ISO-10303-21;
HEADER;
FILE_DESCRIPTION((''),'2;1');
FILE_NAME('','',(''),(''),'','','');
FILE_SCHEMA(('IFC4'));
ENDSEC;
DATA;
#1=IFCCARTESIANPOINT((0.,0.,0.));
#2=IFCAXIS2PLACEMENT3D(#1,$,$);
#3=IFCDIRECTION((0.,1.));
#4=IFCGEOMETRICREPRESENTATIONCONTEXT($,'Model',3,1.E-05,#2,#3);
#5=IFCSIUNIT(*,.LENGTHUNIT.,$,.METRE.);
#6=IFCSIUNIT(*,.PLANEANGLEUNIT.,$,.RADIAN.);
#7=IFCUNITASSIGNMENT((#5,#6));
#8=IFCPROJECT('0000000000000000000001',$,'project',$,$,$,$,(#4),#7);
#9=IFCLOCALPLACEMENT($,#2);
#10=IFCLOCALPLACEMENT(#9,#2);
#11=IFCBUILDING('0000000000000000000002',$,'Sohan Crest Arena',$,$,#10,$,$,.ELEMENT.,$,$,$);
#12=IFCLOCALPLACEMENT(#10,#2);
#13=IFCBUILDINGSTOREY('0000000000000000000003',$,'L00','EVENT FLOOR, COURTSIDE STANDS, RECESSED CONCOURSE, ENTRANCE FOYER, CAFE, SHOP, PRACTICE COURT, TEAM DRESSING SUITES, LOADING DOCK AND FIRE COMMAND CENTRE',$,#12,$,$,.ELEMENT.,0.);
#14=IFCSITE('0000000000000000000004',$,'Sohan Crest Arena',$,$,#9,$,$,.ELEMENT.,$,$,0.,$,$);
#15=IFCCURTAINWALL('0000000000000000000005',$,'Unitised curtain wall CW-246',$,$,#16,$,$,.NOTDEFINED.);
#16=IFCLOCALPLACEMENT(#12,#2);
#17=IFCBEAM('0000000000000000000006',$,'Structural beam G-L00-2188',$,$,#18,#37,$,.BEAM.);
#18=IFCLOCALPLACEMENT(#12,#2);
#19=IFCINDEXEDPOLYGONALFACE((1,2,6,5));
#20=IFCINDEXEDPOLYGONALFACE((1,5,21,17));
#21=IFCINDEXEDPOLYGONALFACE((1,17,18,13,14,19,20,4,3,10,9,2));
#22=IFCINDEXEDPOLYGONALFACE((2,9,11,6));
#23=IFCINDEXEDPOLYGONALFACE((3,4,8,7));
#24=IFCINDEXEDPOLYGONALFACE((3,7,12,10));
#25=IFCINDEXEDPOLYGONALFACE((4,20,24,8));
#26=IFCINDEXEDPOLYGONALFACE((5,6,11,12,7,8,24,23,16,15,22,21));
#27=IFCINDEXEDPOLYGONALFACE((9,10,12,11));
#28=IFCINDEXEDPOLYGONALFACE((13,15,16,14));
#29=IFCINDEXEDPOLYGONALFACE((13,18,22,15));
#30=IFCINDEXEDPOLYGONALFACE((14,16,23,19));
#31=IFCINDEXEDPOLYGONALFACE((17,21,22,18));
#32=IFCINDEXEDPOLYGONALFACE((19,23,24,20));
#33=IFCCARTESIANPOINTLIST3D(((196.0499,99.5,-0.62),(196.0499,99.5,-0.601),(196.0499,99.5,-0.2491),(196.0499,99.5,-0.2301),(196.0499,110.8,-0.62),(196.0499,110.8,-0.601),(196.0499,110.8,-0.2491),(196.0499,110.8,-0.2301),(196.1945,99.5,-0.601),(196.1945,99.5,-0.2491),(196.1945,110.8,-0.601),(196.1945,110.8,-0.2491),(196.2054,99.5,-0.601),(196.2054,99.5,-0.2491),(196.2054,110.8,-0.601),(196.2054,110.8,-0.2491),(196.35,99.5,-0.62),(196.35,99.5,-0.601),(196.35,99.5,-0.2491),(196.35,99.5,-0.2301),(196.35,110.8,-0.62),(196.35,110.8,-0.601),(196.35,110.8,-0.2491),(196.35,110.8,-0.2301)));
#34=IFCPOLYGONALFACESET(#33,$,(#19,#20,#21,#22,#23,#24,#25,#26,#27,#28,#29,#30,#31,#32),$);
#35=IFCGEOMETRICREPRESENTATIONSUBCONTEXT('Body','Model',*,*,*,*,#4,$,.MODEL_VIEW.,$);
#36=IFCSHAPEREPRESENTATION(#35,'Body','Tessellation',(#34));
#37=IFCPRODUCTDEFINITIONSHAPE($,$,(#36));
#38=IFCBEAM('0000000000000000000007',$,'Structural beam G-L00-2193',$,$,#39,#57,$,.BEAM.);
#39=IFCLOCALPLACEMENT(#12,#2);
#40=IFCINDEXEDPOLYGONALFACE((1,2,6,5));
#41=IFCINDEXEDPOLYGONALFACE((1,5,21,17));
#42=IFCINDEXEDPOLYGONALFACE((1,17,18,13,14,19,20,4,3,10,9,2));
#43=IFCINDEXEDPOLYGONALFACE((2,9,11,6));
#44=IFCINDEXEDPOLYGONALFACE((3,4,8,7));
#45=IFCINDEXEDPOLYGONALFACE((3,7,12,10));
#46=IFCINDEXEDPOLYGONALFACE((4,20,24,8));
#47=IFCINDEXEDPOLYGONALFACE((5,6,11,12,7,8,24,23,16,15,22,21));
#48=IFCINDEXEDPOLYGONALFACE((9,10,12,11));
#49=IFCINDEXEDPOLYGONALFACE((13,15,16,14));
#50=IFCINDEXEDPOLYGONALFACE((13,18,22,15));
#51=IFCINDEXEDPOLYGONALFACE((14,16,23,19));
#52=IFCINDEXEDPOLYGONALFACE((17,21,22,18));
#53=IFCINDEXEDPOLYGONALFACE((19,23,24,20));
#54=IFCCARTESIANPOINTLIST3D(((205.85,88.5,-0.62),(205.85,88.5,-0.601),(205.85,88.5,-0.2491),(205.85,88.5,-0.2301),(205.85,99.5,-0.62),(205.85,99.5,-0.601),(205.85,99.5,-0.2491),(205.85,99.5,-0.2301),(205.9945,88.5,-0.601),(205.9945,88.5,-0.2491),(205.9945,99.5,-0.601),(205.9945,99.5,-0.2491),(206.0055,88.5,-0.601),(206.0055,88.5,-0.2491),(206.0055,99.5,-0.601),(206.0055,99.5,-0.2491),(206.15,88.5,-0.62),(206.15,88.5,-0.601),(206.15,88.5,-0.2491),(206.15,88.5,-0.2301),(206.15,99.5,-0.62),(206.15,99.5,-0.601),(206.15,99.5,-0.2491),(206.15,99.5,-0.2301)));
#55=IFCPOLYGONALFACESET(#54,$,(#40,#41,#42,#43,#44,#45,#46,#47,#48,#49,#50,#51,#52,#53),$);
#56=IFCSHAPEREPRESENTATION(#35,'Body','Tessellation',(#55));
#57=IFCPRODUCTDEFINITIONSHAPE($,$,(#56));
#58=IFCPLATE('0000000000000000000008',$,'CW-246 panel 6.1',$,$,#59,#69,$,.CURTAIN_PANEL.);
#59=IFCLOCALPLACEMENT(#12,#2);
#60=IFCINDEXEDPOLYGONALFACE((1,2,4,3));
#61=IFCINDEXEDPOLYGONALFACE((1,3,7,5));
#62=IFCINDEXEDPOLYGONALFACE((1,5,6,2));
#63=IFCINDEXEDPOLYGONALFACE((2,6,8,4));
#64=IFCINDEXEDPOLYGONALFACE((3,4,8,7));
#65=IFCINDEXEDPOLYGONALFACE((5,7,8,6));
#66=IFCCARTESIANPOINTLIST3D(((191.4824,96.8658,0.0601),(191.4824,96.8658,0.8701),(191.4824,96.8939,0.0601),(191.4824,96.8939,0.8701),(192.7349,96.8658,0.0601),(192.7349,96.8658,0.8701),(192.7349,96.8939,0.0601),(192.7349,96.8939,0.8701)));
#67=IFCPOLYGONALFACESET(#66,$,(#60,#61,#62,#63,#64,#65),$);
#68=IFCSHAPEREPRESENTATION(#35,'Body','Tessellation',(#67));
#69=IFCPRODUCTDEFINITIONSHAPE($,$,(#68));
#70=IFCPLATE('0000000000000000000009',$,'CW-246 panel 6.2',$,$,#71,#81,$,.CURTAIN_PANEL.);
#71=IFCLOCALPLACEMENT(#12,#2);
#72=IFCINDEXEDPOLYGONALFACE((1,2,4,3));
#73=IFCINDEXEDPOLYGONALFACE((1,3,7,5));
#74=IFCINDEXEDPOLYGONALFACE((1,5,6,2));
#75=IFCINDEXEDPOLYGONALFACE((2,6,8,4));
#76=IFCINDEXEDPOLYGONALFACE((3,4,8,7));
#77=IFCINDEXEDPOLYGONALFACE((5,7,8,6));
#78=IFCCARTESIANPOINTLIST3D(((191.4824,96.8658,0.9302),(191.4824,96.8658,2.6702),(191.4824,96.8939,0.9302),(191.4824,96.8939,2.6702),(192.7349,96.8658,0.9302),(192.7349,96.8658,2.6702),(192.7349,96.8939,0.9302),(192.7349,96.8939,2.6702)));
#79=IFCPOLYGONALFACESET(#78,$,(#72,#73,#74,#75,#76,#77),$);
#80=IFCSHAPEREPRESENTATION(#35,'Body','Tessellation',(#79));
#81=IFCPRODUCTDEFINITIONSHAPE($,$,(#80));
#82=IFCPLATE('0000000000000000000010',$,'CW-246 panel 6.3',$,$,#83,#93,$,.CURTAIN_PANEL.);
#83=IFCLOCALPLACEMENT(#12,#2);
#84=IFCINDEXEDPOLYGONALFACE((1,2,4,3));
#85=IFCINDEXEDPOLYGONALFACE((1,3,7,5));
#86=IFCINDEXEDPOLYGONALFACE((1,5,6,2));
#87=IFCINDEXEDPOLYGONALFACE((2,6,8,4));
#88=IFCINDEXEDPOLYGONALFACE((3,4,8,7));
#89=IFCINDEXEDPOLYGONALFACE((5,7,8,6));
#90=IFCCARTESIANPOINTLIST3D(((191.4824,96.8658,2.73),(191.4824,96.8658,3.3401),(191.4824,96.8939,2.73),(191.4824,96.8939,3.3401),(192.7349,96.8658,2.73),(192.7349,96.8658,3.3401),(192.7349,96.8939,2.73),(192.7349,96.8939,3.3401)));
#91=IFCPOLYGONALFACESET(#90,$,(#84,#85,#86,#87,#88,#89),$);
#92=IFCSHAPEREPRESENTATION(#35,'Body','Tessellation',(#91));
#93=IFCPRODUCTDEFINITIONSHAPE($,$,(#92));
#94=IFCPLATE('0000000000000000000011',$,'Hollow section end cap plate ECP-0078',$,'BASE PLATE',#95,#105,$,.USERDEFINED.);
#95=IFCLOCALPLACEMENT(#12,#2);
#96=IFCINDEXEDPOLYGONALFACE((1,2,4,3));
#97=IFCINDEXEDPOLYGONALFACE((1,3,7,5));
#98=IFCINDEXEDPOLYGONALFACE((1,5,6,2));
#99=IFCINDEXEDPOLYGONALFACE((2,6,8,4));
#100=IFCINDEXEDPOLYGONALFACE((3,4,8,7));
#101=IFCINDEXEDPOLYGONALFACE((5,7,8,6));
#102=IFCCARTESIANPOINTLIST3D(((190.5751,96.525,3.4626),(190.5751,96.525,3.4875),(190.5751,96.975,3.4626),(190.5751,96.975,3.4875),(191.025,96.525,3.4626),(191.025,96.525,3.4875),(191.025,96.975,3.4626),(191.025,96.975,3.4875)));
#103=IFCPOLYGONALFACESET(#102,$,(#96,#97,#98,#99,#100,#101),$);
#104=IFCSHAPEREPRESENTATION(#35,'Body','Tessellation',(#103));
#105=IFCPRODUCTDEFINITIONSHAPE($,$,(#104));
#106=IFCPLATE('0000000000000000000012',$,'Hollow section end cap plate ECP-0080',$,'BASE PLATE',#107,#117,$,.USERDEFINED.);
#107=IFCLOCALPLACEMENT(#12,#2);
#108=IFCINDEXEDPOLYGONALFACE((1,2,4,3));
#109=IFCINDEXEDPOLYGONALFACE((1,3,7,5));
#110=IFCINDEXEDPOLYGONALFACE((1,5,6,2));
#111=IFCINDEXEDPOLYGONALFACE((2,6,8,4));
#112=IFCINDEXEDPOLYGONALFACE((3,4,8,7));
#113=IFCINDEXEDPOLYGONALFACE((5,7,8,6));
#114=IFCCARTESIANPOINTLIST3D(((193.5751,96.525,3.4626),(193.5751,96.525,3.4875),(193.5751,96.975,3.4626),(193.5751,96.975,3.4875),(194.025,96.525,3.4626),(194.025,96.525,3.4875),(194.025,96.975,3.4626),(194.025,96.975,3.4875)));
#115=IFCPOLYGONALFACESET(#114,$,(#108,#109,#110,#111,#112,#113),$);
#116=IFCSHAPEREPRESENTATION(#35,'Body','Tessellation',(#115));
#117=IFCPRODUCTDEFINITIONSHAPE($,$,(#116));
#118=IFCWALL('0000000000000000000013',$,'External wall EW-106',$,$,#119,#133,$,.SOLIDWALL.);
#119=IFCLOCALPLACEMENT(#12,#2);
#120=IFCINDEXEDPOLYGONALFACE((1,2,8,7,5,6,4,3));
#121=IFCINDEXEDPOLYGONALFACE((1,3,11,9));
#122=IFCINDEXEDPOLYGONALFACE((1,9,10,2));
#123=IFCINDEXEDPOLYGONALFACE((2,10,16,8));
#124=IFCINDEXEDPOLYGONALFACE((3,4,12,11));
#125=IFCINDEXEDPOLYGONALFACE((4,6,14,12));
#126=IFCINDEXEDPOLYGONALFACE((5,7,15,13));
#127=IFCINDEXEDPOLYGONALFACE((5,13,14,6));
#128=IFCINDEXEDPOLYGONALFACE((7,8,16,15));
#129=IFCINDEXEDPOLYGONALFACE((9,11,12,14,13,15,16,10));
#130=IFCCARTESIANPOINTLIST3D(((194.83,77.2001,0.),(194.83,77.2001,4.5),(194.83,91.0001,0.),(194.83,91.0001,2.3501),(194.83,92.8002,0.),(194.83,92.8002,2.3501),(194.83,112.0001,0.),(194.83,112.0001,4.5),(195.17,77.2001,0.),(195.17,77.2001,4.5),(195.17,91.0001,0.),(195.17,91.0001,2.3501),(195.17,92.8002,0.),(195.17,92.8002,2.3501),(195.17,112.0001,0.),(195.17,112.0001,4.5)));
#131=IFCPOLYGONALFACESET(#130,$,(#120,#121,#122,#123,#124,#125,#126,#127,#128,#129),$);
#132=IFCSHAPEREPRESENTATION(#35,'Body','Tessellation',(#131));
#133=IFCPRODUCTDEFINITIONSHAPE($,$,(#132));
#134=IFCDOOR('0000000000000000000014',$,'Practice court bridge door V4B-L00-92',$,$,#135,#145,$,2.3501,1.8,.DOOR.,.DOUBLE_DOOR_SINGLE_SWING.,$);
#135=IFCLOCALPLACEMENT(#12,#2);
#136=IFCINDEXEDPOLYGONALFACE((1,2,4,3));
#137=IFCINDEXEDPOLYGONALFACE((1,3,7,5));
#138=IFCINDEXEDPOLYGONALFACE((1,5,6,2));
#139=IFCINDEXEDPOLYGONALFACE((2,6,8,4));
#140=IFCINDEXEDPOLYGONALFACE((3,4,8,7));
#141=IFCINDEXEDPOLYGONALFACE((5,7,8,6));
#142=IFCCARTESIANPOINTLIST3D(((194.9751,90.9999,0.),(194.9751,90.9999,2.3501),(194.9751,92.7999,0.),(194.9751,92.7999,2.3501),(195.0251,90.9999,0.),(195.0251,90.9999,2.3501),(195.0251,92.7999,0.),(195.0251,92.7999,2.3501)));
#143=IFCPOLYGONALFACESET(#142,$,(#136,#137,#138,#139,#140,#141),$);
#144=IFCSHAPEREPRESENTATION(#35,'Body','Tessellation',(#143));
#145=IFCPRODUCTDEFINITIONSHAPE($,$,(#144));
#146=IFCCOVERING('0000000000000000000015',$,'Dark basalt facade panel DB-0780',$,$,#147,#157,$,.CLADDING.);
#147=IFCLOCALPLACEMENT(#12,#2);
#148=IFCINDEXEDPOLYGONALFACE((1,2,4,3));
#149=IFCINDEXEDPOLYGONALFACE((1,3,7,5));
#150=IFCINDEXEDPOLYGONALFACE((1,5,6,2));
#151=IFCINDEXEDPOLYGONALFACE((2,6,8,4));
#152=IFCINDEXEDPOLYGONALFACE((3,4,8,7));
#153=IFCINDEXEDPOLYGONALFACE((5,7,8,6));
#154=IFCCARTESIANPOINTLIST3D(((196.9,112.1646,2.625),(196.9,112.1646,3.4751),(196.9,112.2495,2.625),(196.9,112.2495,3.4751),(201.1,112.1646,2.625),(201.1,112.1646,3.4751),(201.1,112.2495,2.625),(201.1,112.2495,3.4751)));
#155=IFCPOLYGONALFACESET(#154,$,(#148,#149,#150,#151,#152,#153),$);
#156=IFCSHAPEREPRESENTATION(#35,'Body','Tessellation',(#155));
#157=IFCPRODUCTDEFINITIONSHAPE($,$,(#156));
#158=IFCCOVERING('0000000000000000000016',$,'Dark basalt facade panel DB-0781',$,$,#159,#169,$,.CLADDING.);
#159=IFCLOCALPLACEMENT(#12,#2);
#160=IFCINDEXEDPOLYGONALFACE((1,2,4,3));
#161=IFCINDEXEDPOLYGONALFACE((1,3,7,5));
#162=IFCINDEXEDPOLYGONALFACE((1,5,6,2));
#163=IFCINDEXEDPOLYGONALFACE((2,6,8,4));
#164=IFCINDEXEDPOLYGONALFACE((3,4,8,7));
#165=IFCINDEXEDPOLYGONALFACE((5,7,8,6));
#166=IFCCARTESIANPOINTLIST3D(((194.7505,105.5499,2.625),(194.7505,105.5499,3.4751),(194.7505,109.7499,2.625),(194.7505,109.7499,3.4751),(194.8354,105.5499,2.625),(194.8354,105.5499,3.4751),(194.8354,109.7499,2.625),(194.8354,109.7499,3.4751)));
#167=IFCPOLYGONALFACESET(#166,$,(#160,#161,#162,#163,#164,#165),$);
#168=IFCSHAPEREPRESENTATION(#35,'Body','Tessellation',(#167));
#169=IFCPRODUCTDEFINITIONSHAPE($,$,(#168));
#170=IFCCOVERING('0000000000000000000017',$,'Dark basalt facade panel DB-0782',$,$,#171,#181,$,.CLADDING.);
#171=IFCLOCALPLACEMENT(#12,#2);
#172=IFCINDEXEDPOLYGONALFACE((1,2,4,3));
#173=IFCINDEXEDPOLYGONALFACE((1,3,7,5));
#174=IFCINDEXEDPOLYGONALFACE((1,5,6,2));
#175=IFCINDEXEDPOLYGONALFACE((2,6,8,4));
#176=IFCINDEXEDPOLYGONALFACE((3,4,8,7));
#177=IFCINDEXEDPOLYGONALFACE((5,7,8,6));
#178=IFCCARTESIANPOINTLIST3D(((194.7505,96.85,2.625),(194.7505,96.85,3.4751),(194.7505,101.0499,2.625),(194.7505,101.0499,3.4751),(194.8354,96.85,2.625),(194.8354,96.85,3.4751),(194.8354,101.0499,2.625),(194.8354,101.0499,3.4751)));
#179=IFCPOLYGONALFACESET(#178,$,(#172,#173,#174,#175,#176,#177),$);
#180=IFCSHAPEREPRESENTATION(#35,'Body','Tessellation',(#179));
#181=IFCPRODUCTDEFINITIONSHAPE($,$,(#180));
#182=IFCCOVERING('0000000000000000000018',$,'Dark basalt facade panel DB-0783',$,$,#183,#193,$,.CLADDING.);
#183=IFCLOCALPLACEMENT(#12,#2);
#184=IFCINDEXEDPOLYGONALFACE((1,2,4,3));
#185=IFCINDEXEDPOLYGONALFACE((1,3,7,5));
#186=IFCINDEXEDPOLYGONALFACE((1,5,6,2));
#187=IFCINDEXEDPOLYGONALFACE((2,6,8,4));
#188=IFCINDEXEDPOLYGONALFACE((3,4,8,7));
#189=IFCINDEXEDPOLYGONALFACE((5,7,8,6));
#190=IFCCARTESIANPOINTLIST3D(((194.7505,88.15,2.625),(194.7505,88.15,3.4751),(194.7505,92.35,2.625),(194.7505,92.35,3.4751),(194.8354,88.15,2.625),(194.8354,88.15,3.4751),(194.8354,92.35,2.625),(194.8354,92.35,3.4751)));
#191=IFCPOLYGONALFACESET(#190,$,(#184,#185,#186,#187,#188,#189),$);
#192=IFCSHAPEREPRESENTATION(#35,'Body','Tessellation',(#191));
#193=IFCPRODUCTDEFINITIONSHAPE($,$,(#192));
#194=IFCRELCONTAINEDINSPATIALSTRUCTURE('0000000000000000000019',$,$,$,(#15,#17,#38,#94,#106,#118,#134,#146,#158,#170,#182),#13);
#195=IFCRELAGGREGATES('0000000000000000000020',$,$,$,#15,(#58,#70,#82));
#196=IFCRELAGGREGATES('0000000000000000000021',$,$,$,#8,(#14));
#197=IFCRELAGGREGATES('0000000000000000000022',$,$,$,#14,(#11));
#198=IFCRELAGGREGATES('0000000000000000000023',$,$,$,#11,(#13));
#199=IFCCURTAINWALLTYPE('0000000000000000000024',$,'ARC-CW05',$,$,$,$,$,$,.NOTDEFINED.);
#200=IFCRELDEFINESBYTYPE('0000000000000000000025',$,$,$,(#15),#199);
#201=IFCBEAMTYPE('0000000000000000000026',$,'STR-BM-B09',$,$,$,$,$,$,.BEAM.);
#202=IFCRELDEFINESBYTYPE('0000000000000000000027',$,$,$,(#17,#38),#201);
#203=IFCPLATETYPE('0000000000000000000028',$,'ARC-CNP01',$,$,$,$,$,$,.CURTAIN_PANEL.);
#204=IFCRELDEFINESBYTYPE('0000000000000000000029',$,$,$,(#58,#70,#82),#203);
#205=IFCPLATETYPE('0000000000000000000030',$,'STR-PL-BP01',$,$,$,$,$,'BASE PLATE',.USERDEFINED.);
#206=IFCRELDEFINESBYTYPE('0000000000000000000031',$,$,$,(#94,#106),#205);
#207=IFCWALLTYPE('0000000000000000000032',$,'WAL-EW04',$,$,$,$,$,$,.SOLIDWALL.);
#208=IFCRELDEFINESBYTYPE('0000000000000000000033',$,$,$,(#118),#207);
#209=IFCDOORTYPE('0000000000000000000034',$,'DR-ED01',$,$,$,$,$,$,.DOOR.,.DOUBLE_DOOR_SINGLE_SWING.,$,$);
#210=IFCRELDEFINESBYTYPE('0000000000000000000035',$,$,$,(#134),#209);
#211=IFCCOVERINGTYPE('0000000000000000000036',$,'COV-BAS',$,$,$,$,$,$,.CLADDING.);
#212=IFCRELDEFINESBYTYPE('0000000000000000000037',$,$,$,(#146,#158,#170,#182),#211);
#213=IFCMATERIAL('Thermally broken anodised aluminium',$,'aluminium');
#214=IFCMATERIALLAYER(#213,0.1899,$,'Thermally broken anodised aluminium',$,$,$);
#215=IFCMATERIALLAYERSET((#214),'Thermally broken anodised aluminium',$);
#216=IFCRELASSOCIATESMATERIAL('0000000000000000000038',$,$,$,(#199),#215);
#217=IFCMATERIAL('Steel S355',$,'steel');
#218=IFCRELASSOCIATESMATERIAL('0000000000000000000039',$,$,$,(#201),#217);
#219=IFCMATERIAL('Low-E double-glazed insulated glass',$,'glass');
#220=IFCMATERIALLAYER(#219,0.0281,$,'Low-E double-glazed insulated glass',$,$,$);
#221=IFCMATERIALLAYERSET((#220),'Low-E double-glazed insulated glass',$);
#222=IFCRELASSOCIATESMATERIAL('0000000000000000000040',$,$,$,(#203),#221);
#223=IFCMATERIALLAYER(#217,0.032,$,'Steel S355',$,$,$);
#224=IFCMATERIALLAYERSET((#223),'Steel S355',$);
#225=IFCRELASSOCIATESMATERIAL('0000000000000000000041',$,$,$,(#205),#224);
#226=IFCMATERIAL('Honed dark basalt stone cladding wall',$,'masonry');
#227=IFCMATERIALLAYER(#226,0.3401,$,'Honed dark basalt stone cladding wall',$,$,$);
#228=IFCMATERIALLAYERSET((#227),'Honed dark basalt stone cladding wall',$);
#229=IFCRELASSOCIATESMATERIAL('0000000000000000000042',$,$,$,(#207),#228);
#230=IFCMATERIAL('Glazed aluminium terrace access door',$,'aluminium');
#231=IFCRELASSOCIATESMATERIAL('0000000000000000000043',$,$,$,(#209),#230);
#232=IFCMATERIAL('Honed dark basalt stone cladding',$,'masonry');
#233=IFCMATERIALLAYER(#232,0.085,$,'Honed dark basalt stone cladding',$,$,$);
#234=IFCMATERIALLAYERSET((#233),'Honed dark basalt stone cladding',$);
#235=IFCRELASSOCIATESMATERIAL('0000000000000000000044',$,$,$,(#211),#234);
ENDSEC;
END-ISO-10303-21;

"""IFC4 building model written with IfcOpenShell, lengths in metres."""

from ifc_helpers import new_model, si_unit, direction, frame, frame_2d, origin, origin_2d, place, context, subcontext, project, spatial, rectangle, i_section, extrude, material, layer, layer_set, material_profile, profile_set, type_object, element, fill, aggregate, save


model = new_model("IFC4")

# Units and contexts
model_context = context("Model", 3, precision=1e-05, world=origin(), true_north=direction((0.0, 1.0)))
body_context = subcontext(model_context, "Body", "Model", "MODEL_VIEW")
ifc_project = project(units=[si_unit("LENGTHUNIT", "METRE"), si_unit("PLANEANGLEUNIT", "RADIAN")], contexts=[model_context])

# Site, building, storey
site_placement = place(None, origin())
site = spatial("IfcSite", under=ifc_project, at=site_placement, Name="Sohan Crest Arena", CompositionType="ELEMENT", RefElevation=0.0)
building_placement = place(site_placement, origin())
building = spatial("IfcBuilding", under=site, at=building_placement, Name="Sohan Crest Arena", CompositionType="ELEMENT")
storey_placement = place(building_placement, origin())
storey = spatial("IfcBuildingStorey", under=building, at=storey_placement, Name="L00", Description="EVENT FLOOR, COURTSIDE STANDS, RECESSED CONCOURSE, ENTRANCE FOYER, CAFE, SHOP, PRACTICE COURT, TEAM DRESSING SUITES, LOADING DOCK AND FIRE COMMAND CENTRE", CompositionType="ELEMENT", Elevation=0.0)

# Shared definitions
ifc_material_1 = material(Name="Steel S355", Category="steel")

# Curtain wall
ifc_material_2 = material(Name="Thermally broken anodised aluminium", Category="aluminium")
ifc_layer_1 = layer(ifc_material_2, 0.1899, Name="Thermally broken anodised aluminium")
ifc_layer_set_1 = layer_set([ifc_layer_1], Name="Thermally broken anodised aluminium")
curtain_wall_type = type_object("IfcCurtainWallType", Name="ARC-CW05", PredefinedType="NOTDEFINED", material=ifc_layer_set_1)
curtain_wall_placement = place(storey_placement, origin())
curtain_wall = element("IfcCurtainWall", 1, at=curtain_wall_placement, inside=storey, type_object=curtain_wall_type, Name="Unitised curtain wall CW-246", PredefinedType="NOTDEFINED")

# Beams
ifc_material_profile_1 = material_profile(ifc_material_1, i_section(OverallWidth=0.3, OverallDepth=0.3899, WebThickness=0.011, FlangeThickness=0.019, at=origin_2d()), Name="HEA 400")
ifc_profile_set_1 = profile_set([ifc_material_profile_1], Name="Steel S355")
beam_type_1 = type_object("IfcBeamType", Name="STR-BM-B09", PredefinedType="BEAM", material=ifc_profile_set_1)
beam_1_placement = place(storey_placement, frame((196.2, 99.5, -0.425), z_axis=(0.0, 1.0, 0.0), x_axis=(-1.0, 0.0, 0.0)))
element("IfcBeam", 2, at=beam_1_placement, inside=storey, type_object=beam_type_1, Name="Structural beam G-L00-2188", PredefinedType="BEAM", context=body_context, shape_type="SweptSolid", body=[
    extrude(i_section(OverallWidth=0.3, OverallDepth=0.3899, WebThickness=0.011, FlangeThickness=0.019, at=origin_2d()), origin(), (0.0, 0.0, 1.0), 11.3),
])
beam_2_placement = place(storey_placement, frame((206.0, 88.5, -0.425), z_axis=(0.0, 1.0, 0.0), x_axis=(-1.0, 0.0, 0.0)))
element("IfcBeam", 3, at=beam_2_placement, inside=storey, type_object=beam_type_1, Name="Structural beam G-L00-2193", PredefinedType="BEAM", context=body_context, shape_type="SweptSolid", body=[
    extrude(i_section(OverallWidth=0.3, OverallDepth=0.3899, WebThickness=0.011, FlangeThickness=0.019, at=origin_2d()), origin(), (0.0, 0.0, 1.0), 11.0),
])

# Plates
ifc_material_3 = material(Name="Low-E double-glazed insulated glass", Category="glass")
ifc_layer_2 = layer(ifc_material_3, 0.0281, Name="Low-E double-glazed insulated glass")
ifc_layer_set_2 = layer_set([ifc_layer_2], Name="Low-E double-glazed insulated glass")
plate_type_1 = type_object("IfcPlateType", Name="ARC-CNP01", PredefinedType="CURTAIN_PANEL", material=ifc_layer_set_2)
plate_1_placement = place(storey_placement, frame((192.1086, 96.8799, 0.0601), z_axis=(0.0, 0.0, 1.0), x_axis=(1.0, 0.0, 0.0)))
plate_1 = element("IfcPlate", 4, at=plate_1_placement, type_object=plate_type_1, Name="CW-246 panel 6.1", PredefinedType="CURTAIN_PANEL", context=body_context, shape_type="SweptSolid", body=[
    extrude(rectangle(XDim=1.2524, YDim=0.0281, at=origin_2d()), origin(), (0.0, 0.0, 1.0), 0.8101),
])
plate_2_placement = place(storey_placement, frame((192.1086, 96.8799, 0.9302), z_axis=(0.0, 0.0, 1.0), x_axis=(1.0, 0.0, 0.0)))
plate_2 = element("IfcPlate", 5, at=plate_2_placement, type_object=plate_type_1, Name="CW-246 panel 6.2", PredefinedType="CURTAIN_PANEL", context=body_context, shape_type="SweptSolid", body=[
    extrude(rectangle(XDim=1.2524, YDim=0.0281, at=origin_2d()), origin(), (0.0, 0.0, 1.0), 1.74),
])
plate_3_placement = place(storey_placement, frame((192.1086, 96.8799, 2.73), z_axis=(0.0, 0.0, 1.0), x_axis=(1.0, 0.0, 0.0)))
plate_3 = element("IfcPlate", 6, at=plate_3_placement, type_object=plate_type_1, Name="CW-246 panel 6.3", PredefinedType="CURTAIN_PANEL", context=body_context, shape_type="SweptSolid", body=[
    extrude(rectangle(XDim=1.2524, YDim=0.0281, at=origin_2d()), origin(), (0.0, 0.0, 1.0), 0.6101),
])
aggregate(curtain_wall, [plate_1, plate_2, plate_3])

# Plates
ifc_layer_3 = layer(ifc_material_1, 0.032, Name="Steel S355")
ifc_layer_set_3 = layer_set([ifc_layer_3], Name="Steel S355")
plate_type_2 = type_object("IfcPlateType", Name="STR-PL-BP01", ElementType="BASE PLATE", PredefinedType="USERDEFINED", material=ifc_layer_set_3)
for number, where, z_axis, x_axis, name in (
    (7, (190.8, 96.75, 3.4626), (0.0, 0.0, 1.0), (1.0, 0.0, 0.0), "Hollow section end cap plate ECP-0078"),
    (8, (193.8, 96.75, 3.4626), (0.0, 0.0, 1.0), (1.0, 0.0, 0.0), "Hollow section end cap plate ECP-0080"),
):
    element("IfcPlate", number, at=place(storey_placement, frame(where, z_axis=z_axis, x_axis=x_axis)), inside=storey, type_object=plate_type_2, Name=name, ObjectType="BASE PLATE", PredefinedType="USERDEFINED", context=body_context, shape_type="SweptSolid", body=[
        extrude(rectangle(XDim=0.45, YDim=0.45, at=origin_2d()), origin(), (0.0, 0.0, 1.0), 0.0249),
    ])

# Wall, opening, door
ifc_material_4 = material(Name="Honed dark basalt stone cladding wall", Category="masonry")
ifc_layer_4 = layer(ifc_material_4, 0.3401, Name="Honed dark basalt stone cladding wall")
ifc_layer_set_4 = layer_set([ifc_layer_4], Name="Honed dark basalt stone cladding wall")
wall_type = type_object("IfcWallType", Name="WAL-EW04", PredefinedType="SOLIDWALL", material=ifc_layer_set_4)
wall_placement = place(storey_placement, frame((195.0, 112.0, 0.0), z_axis=(0.0, 0.0, 1.0), x_axis=(0.0, -1.0, 0.0)))
wall = element("IfcWall", 9, at=wall_placement, inside=storey, type_object=wall_type, Name="External wall EW-106", PredefinedType="SOLIDWALL", context=body_context, shape_type="SweptSolid", body=[
    extrude(rectangle(XDim=34.8, YDim=0.3401, at=frame_2d((17.3999, 0.0))), origin(), (0.0, 0.0, 1.0), 4.5),
])
opening_placement = place(wall_placement, frame((19.2, 0.0, 0.0)))
opening = element("IfcOpeningElement", 10, at=opening_placement, cuts=wall, PredefinedType="OPENING", context=body_context, shape_type="SweptSolid", body=[
    extrude(rectangle(XDim=1.8, YDim=2.3501, at=frame_2d((0.8999, 1.175))), frame((0.0, 0.1799, 0.0), z_axis=(0.0, -1.0, 0.0), x_axis=(1.0, 0.0, 0.0)), (0.0, 0.0, 1.0), 0.3601),
])
ifc_material_5 = material(Name="Glazed aluminium terrace access door", Category="aluminium")
door_type = type_object("IfcDoorType", Name="DR-ED01", OperationType="DOUBLE_DOOR_SINGLE_SWING", PredefinedType="DOOR", material=ifc_material_5)
door_placement = place(opening_placement, frame((1.8, 0.0, 0.0), z_axis=(0.0, 0.0, 1.0), x_axis=(-1.0, 0.0, 0.0)))
door = element("IfcDoor", 11, at=door_placement, inside=storey, type_object=door_type, Name="Practice court bridge door V4B-L00-92", OperationType="DOUBLE_DOOR_SINGLE_SWING", OverallHeight=2.3501, OverallWidth=1.8, PredefinedType="DOOR", context=body_context, shape_type="SweptSolid", body=[
    extrude(rectangle(XDim=1.8, YDim=2.3501, at=frame_2d((0.8999, 1.175))), frame((0.0, 0.0249, 0.0), z_axis=(0.0, -1.0, 0.0), x_axis=(1.0, 0.0, 0.0)), (0.0, 0.0, 1.0), 0.05),
])
fill(opening, door)

# Coverings
ifc_material_6 = material(Name="Honed dark basalt stone cladding", Category="masonry")
ifc_layer_5 = layer(ifc_material_6, 0.085, Name="Honed dark basalt stone cladding")
ifc_layer_set_5 = layer_set([ifc_layer_5], Name="Honed dark basalt stone cladding")
covering_type = type_object("IfcCoveringType", Name="COV-BAS", PredefinedType="CLADDING", material=ifc_layer_set_5)
for number, where, z_axis, x_axis, name in (
    (12, (199.0, 112.207, 2.625), (0.0, 0.0, 1.0), (-1.0, 0.0, 0.0), "Dark basalt facade panel DB-0780"),
    (13, (194.793, 107.6499, 2.625), (0.0, 0.0, 1.0), (0.0, -1.0, 0.0), "Dark basalt facade panel DB-0781"),
    (14, (194.793, 98.95, 2.625), (0.0, 0.0, 1.0), (0.0, -1.0, 0.0), "Dark basalt facade panel DB-0782"),
    (15, (194.793, 90.25, 2.625), (0.0, 0.0, 1.0), (0.0, -1.0, 0.0), "Dark basalt facade panel DB-0783"),
):
    element("IfcCovering", number, at=place(storey_placement, frame(where, z_axis=z_axis, x_axis=x_axis)), inside=storey, type_object=covering_type, Name=name, PredefinedType="CLADDING", context=body_context, shape_type="SweptSolid", body=[
        extrude(rectangle(XDim=4.2, YDim=0.085, at=origin_2d()), origin(), (0.0, 0.0, 1.0), 0.8501),
    ])

save(model, "model.ifc")
